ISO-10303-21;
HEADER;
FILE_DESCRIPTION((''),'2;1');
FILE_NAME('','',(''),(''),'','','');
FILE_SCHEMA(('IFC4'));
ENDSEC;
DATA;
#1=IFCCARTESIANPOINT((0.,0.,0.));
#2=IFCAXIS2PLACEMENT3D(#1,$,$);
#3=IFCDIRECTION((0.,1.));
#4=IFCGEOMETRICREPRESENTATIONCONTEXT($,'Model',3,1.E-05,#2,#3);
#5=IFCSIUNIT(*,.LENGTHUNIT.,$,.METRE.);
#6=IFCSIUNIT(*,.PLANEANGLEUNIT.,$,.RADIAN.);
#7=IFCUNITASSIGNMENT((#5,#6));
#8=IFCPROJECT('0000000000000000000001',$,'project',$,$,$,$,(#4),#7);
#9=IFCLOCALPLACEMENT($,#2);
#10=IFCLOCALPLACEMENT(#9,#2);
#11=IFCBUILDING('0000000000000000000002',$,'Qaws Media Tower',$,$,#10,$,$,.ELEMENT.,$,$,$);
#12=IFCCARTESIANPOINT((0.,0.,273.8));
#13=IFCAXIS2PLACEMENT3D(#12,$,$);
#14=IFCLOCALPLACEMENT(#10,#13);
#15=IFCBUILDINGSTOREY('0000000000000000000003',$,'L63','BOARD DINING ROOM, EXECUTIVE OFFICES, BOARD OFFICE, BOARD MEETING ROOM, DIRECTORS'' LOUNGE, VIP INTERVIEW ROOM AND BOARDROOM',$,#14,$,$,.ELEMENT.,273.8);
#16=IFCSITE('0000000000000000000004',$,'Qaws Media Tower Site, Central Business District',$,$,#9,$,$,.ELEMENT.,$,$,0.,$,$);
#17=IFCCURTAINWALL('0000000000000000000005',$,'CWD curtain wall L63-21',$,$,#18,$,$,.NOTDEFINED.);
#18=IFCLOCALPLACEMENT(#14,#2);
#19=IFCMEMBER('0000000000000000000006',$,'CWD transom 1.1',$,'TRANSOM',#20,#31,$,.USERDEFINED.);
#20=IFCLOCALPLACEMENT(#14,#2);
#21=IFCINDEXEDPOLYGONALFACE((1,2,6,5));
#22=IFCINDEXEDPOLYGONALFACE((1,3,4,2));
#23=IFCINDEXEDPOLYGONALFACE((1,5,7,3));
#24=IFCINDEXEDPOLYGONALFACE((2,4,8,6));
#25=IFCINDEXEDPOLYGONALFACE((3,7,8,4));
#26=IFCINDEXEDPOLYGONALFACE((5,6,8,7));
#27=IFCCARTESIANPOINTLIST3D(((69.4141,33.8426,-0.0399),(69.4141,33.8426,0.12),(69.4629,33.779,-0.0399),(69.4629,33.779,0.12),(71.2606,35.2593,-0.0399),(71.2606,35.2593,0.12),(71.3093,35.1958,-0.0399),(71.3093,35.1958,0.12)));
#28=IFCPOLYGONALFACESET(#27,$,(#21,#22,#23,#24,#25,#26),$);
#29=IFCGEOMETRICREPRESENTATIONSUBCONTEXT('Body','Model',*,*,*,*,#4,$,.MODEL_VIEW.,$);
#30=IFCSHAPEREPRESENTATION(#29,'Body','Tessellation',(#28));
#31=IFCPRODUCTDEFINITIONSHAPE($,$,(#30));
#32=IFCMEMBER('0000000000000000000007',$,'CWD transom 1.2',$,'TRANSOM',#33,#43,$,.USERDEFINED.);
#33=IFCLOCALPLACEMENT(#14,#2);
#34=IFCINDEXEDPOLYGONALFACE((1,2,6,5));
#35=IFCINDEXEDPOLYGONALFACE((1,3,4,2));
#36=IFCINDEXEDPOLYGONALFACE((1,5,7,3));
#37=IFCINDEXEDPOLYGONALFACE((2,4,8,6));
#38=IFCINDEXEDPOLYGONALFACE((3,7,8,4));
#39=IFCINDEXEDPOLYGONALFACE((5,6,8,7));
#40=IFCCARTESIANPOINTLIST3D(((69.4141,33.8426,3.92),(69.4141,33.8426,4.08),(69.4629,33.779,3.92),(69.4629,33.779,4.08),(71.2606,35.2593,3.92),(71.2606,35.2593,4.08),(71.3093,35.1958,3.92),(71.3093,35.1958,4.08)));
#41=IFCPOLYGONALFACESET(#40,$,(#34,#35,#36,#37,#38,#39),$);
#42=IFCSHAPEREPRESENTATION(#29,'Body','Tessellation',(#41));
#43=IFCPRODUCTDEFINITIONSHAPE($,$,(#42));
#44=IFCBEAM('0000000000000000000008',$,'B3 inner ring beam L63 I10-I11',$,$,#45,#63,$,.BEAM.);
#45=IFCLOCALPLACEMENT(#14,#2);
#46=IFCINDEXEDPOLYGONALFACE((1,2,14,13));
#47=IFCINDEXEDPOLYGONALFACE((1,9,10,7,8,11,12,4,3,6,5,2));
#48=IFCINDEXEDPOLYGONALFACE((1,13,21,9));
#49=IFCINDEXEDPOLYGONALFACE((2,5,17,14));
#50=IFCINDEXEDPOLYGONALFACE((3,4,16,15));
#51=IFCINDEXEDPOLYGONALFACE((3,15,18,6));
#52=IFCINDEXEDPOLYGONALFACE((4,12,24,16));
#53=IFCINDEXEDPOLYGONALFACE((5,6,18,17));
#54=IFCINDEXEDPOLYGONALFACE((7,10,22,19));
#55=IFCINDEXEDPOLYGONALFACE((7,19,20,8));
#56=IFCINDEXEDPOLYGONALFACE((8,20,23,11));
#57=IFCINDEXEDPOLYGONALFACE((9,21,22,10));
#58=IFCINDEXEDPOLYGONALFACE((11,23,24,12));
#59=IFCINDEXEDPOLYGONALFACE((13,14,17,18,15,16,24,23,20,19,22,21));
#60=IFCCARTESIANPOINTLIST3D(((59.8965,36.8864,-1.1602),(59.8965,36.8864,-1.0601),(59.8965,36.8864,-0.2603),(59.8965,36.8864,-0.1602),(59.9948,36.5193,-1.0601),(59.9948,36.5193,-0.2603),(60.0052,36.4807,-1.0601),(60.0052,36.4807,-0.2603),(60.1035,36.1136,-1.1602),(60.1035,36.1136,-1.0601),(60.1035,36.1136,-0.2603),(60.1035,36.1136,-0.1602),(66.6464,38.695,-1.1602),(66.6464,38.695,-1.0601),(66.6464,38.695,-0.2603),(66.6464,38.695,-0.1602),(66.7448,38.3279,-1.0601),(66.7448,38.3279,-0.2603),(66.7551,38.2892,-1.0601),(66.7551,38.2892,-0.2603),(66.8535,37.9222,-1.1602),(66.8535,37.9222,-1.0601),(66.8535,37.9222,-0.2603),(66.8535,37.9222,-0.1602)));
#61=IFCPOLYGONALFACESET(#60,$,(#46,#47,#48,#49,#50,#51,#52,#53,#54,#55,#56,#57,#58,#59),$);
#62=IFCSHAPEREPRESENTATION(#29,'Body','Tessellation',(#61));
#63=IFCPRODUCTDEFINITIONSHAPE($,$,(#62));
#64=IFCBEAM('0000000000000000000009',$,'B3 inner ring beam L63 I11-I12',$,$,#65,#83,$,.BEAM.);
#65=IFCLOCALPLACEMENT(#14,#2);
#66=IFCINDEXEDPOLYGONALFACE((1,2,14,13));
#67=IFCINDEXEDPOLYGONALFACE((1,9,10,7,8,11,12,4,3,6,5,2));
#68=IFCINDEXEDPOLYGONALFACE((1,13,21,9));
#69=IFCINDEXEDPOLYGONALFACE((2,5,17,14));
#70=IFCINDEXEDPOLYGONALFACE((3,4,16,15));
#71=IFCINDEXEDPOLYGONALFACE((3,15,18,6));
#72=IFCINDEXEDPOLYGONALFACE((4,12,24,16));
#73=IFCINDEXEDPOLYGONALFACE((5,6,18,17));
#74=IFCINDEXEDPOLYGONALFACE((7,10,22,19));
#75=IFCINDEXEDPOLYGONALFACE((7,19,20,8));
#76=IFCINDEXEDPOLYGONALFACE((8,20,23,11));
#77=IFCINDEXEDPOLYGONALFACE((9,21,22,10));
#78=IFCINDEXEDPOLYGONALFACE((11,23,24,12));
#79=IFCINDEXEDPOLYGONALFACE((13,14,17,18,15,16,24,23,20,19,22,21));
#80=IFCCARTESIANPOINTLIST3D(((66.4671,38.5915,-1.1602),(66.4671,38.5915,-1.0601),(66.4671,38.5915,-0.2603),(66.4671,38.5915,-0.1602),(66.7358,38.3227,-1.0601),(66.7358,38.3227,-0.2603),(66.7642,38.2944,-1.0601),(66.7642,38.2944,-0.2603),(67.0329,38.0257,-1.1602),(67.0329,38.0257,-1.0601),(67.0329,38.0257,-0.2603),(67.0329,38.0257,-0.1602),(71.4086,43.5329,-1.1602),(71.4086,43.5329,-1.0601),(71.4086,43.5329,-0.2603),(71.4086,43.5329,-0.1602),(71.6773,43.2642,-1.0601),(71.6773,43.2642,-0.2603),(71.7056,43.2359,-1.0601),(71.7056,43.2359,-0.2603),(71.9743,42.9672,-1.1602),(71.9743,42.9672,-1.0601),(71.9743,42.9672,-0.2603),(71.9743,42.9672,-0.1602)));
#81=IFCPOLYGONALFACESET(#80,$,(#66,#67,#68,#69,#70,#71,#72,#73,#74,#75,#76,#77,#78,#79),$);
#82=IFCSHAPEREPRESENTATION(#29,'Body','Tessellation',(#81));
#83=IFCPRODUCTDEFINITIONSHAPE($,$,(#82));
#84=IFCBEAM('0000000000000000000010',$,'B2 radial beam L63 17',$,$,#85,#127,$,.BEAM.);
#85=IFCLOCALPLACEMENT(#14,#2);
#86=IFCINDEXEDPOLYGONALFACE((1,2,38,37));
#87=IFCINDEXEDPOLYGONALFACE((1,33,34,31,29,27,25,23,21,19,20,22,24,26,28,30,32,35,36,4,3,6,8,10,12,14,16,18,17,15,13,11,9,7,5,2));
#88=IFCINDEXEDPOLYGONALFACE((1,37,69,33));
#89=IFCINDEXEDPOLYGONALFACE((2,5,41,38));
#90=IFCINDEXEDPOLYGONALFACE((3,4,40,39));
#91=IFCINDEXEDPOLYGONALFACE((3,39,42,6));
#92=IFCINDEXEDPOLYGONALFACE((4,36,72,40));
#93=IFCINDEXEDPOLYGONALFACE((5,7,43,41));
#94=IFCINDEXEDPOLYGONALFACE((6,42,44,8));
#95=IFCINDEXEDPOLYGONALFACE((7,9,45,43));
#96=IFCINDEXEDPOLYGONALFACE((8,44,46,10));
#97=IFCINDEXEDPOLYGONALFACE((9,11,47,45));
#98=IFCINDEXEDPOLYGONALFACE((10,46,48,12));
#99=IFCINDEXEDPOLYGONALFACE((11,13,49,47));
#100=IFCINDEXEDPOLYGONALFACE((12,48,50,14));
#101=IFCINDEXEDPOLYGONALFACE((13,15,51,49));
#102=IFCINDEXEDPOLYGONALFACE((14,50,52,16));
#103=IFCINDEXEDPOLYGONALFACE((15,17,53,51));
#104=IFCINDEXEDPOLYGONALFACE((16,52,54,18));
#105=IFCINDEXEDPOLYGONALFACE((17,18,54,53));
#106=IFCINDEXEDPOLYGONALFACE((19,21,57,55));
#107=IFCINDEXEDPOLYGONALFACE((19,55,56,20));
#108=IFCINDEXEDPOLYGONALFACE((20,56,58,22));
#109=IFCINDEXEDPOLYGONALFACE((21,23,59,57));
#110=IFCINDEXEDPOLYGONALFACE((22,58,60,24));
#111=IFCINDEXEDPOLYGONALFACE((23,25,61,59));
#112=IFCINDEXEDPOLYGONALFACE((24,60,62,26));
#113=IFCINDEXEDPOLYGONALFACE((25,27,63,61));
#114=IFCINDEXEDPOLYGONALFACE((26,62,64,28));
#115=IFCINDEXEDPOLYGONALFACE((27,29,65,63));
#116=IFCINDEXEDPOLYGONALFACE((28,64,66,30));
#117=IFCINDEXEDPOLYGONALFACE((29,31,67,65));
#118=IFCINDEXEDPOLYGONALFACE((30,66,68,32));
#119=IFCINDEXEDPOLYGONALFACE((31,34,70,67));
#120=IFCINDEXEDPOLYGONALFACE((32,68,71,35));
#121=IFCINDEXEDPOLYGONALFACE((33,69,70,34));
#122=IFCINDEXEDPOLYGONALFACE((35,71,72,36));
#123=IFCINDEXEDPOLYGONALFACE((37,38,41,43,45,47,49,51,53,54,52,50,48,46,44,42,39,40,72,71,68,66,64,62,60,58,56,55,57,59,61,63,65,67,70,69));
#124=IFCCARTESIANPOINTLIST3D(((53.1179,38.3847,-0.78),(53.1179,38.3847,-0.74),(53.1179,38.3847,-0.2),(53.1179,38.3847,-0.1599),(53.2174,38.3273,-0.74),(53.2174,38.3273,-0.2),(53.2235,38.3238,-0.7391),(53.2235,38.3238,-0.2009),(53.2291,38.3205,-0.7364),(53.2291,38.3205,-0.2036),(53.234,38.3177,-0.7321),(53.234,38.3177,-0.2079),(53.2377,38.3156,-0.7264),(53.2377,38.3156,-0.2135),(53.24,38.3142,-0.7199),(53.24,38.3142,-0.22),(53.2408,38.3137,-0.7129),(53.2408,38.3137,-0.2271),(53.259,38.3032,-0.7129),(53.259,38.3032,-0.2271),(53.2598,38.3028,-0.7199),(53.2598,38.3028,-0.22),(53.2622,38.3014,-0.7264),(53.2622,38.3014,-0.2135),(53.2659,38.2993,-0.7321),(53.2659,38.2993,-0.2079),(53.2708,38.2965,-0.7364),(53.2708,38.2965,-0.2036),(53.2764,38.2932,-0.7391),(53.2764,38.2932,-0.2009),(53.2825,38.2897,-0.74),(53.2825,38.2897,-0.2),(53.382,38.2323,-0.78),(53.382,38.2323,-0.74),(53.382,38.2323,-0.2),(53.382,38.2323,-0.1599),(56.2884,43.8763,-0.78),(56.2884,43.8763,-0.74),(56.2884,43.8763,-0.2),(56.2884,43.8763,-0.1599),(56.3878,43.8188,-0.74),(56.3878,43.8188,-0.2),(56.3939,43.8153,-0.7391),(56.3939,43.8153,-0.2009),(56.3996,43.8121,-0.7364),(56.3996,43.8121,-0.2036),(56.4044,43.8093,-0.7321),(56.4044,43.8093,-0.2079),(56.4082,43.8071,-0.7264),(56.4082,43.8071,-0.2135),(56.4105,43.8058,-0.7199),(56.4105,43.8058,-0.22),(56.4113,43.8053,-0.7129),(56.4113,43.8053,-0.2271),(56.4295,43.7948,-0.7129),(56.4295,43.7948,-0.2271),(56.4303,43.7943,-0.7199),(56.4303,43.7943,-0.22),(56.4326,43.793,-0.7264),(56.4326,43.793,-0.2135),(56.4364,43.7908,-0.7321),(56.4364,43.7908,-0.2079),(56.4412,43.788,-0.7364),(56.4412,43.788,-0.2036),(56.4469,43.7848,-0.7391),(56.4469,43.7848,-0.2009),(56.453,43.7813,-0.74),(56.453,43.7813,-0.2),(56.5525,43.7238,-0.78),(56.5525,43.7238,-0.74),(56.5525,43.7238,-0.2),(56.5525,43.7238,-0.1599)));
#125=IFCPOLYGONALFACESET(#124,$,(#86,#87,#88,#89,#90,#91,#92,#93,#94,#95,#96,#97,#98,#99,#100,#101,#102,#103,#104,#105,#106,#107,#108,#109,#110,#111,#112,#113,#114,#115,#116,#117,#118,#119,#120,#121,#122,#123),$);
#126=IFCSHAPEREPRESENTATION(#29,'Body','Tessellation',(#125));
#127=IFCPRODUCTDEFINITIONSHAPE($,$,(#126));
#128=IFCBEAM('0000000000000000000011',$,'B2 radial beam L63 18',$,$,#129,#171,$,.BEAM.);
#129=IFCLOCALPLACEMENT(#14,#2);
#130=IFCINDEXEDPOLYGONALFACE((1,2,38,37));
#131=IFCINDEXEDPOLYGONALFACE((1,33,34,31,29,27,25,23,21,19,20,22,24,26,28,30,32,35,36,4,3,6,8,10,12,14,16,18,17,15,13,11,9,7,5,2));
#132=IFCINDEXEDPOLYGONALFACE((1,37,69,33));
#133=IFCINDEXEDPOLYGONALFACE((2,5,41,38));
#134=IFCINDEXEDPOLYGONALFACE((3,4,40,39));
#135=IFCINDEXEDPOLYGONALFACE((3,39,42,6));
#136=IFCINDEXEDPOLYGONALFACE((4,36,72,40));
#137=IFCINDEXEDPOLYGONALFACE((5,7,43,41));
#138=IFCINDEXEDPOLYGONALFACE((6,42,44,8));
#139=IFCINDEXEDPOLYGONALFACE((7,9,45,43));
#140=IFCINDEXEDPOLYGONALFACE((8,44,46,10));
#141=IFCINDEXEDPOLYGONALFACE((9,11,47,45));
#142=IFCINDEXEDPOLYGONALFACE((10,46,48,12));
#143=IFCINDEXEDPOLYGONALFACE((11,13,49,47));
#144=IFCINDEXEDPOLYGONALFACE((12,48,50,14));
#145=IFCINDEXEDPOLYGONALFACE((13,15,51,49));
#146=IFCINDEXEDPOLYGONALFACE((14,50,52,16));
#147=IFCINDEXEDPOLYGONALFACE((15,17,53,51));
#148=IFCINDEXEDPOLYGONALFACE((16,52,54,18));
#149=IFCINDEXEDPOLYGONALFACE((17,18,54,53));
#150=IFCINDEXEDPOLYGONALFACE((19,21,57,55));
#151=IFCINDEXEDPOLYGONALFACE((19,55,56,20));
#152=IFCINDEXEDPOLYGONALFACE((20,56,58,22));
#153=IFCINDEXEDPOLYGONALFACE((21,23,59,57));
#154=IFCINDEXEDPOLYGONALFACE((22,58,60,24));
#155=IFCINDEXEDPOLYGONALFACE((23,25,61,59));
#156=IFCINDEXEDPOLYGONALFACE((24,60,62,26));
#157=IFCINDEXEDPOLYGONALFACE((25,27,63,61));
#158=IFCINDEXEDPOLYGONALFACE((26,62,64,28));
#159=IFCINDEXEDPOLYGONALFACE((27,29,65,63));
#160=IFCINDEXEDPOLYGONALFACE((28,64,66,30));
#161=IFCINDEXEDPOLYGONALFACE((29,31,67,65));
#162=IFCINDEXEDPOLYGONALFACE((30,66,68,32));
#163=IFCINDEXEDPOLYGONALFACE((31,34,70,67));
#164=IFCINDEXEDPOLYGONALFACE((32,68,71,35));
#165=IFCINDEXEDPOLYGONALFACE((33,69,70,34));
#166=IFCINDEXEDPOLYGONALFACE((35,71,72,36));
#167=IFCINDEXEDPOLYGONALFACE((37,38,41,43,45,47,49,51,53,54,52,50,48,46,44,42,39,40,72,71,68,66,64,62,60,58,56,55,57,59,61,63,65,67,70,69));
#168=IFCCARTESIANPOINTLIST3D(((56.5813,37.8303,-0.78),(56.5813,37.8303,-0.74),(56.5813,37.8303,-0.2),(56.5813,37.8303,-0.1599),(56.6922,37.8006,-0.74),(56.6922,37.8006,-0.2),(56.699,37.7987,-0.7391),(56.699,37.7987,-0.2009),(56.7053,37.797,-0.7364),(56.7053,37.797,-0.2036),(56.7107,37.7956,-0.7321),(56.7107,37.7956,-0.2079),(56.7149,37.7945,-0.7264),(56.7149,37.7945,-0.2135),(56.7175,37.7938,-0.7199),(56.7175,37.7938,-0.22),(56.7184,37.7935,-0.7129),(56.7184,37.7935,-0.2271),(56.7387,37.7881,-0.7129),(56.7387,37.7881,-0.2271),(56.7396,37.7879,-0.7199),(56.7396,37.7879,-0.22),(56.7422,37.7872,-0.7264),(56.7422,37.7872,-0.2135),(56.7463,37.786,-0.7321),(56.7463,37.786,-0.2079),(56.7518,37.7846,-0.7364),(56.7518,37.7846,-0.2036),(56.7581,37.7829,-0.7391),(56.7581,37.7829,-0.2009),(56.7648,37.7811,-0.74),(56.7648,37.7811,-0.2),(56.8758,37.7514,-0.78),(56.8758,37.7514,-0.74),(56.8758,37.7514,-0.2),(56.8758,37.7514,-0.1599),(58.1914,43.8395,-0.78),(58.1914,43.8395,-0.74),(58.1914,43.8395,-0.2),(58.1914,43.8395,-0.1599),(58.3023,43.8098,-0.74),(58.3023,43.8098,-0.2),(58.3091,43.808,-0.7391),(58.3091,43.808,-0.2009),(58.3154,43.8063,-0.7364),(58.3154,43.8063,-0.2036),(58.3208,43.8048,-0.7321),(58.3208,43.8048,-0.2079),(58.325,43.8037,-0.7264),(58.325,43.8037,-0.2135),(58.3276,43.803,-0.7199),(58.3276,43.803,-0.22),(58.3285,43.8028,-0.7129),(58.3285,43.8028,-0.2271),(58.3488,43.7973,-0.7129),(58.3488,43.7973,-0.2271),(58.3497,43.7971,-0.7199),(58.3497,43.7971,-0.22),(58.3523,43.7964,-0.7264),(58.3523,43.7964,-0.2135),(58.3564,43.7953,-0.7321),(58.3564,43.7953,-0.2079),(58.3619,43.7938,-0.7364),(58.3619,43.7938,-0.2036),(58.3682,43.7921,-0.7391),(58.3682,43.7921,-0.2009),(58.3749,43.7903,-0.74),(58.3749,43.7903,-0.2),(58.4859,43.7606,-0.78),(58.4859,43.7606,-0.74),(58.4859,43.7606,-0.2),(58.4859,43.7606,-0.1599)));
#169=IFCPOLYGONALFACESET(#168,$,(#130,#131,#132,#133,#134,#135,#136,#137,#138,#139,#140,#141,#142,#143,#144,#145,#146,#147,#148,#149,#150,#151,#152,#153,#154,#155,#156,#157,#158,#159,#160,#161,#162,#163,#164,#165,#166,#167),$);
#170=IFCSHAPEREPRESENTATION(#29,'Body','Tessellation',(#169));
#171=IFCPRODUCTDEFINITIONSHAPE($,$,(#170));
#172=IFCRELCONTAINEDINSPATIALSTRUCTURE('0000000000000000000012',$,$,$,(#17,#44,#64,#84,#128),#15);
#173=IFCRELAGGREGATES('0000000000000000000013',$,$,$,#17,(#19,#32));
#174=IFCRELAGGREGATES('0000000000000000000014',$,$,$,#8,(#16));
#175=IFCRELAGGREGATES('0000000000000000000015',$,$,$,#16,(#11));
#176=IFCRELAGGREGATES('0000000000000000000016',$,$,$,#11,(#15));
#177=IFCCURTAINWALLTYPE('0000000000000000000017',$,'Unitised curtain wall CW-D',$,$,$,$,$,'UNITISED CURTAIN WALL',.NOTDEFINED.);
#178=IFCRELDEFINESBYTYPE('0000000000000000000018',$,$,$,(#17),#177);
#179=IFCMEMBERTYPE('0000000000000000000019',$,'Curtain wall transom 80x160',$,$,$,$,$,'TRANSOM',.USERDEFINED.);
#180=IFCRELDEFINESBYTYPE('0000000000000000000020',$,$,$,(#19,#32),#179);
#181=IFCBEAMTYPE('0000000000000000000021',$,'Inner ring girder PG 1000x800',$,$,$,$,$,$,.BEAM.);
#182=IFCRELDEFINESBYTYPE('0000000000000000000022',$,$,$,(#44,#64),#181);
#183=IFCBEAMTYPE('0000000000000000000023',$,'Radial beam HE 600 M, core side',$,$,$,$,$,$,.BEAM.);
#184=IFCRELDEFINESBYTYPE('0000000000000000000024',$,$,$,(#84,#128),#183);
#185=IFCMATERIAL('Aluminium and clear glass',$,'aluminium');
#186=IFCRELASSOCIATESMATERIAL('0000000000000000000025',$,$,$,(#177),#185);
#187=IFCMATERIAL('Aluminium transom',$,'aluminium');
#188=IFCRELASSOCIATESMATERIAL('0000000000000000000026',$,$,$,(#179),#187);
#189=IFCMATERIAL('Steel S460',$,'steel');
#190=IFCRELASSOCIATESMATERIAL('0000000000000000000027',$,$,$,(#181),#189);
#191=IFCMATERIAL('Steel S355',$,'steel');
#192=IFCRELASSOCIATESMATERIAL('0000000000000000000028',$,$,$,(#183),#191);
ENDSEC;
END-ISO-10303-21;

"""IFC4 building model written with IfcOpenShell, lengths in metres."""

from ifc_helpers import new_model, si_unit, direction, frame, origin, origin_2d, place, context, subcontext, project, spatial, rectangle, i_section, extrude, material, material_profile, profile_set, type_object, element, aggregate, save


model = new_model("IFC4")

# Units and contexts
model_context = context("Model", 3, precision=1e-05, world=origin(), true_north=direction((0.0, 1.0)))
body_context = subcontext(model_context, "Body", "Model", "MODEL_VIEW")
ifc_project = project(units=[si_unit("LENGTHUNIT", "METRE"), si_unit("PLANEANGLEUNIT", "RADIAN")], contexts=[model_context])

# Site, building, storey
site_placement = place(None, origin())
site = spatial("IfcSite", under=ifc_project, at=site_placement, Name="Qaws Media Tower Site, Central Business District", CompositionType="ELEMENT", RefElevation=0.0)
building_placement = place(site_placement, origin())
building = spatial("IfcBuilding", under=site, at=building_placement, Name="Qaws Media Tower", CompositionType="ELEMENT")
storey_placement = place(building_placement, frame((0.0, 0.0, 273.8)))
storey = spatial("IfcBuildingStorey", under=building, at=storey_placement, Name="L63", Description="BOARD DINING ROOM, EXECUTIVE OFFICES, BOARD OFFICE, BOARD MEETING ROOM, DIRECTORS' LOUNGE, VIP INTERVIEW ROOM AND BOARDROOM", CompositionType="ELEMENT", Elevation=273.8)

# Curtain wall, members
ifc_material_1 = material(Name="Aluminium and clear glass", Category="aluminium")
curtain_wall_type = type_object("IfcCurtainWallType", Name="Unitised curtain wall CW-D", ElementType="UNITISED CURTAIN WALL", PredefinedType="NOTDEFINED", material=ifc_material_1)
curtain_wall_placement = place(storey_placement, origin())
curtain_wall = element("IfcCurtainWall", 1, at=curtain_wall_placement, inside=storey, type_object=curtain_wall_type, Name="CWD curtain wall L63-21", PredefinedType="NOTDEFINED")
ifc_material_2 = material(Name="Aluminium transom", Category="aluminium")
ifc_material_profile_1 = material_profile(ifc_material_2, rectangle(XDim=0.0801, YDim=0.1599, at=origin_2d()), Name="80x160")
ifc_profile_set_1 = profile_set([ifc_material_profile_1], Name="Aluminium transom")
member_type = type_object("IfcMemberType", Name="Curtain wall transom 80x160", ElementType="TRANSOM", PredefinedType="USERDEFINED", material=ifc_profile_set_1)
member_1_placement = place(storey_placement, frame((69.4385, 33.8108, 0.04), z_axis=(0.793368, 0.608742, 0.0), x_axis=(-0.608742, 0.793368, 0.0)))
member_1 = element("IfcMember", 2, at=member_1_placement, type_object=member_type, Name="CWD transom 1.1", ObjectType="TRANSOM", PredefinedType="USERDEFINED", context=body_context, shape_type="SweptSolid", body=[
    extrude(rectangle(XDim=0.0801, YDim=0.1599, at=origin_2d()), origin(), (0.0, 0.0, 1.0), 2.3274),
])
member_2_placement = place(storey_placement, frame((69.4385, 33.8108, 4.0), z_axis=(0.793368, 0.608742, 0.0), x_axis=(-0.608742, 0.793368, 0.0)))
member_2 = element("IfcMember", 3, at=member_2_placement, type_object=member_type, Name="CWD transom 1.2", ObjectType="TRANSOM", PredefinedType="USERDEFINED", context=body_context, shape_type="SweptSolid", body=[
    extrude(rectangle(XDim=0.0801, YDim=0.1599, at=origin_2d()), origin(), (0.0, 0.0, 1.0), 2.3274),
])
aggregate(curtain_wall, [member_1, member_2])

# Beams
ifc_material_3 = material(Name="Steel S460", Category="steel")
ifc_material_profile_2 = material_profile(ifc_material_3, i_section(OverallWidth=0.8, OverallDepth=1.0, WebThickness=0.04, FlangeThickness=0.1001, at=origin_2d()), Name="PG 1000x800")
ifc_profile_set_2 = profile_set([ifc_material_profile_2], Name="Steel S460")
beam_type_1 = type_object("IfcBeamType", Name="Inner ring girder PG 1000x800", PredefinedType="BEAM", material=ifc_profile_set_2)
beam_1_placement = place(storey_placement, frame((60.0, 36.5, -0.6602), z_axis=(0.965928, 0.258811, 0.0), x_axis=(-0.258811, 0.965928, 0.0)))
element("IfcBeam", 4, at=beam_1_placement, inside=storey, type_object=beam_type_1, Name="B3 inner ring beam L63 I10-I11", PredefinedType="BEAM", context=body_context, shape_type="SweptSolid", body=[
    extrude(i_section(OverallWidth=0.8, OverallDepth=1.0, WebThickness=0.04, FlangeThickness=0.1001, at=origin_2d()), origin(), (0.0, 0.0, 1.0), 6.988),
])
beam_2_placement = place(storey_placement, frame((66.75, 38.3086, -0.6602), z_axis=(0.707107, 0.707107, 0.0), x_axis=(-0.707107, 0.707107, 0.0)))
element("IfcBeam", 5, at=beam_2_placement, inside=storey, type_object=beam_type_1, Name="B3 inner ring beam L63 I11-I12", PredefinedType="BEAM", context=body_context, shape_type="SweptSolid", body=[
    extrude(i_section(OverallWidth=0.8, OverallDepth=1.0, WebThickness=0.04, FlangeThickness=0.1001, at=origin_2d()), origin(), (0.0, 0.0, 1.0), 6.9883),
])
ifc_material_4 = material(Name="Steel S355", Category="steel")
ifc_material_profile_3 = material_profile(ifc_material_4, i_section(OverallWidth=0.3049, OverallDepth=0.6201, WebThickness=0.021, FlangeThickness=0.04, FilletRadius=0.0271, at=origin_2d()), Name="HE 600 M")
ifc_profile_set_3 = profile_set([ifc_material_profile_3], Name="Steel S355")
beam_type_2 = type_object("IfcBeamType", Name="Radial beam HE 600 M, core side", PredefinedType="BEAM", material=ifc_profile_set_3)
beam_3_placement = place(storey_placement, frame((56.4204, 43.8, -0.47), z_axis=(-0.49999, -0.866031, 0.0), x_axis=(0.866031, -0.49999, 0.0)))
element("IfcBeam", 6, at=beam_3_placement, inside=storey, type_object=beam_type_2, Name="B2 radial beam L63 17", PredefinedType="BEAM", context=body_context, shape_type="SweptSolid", body=[
    extrude(i_section(OverallWidth=0.3049, OverallDepth=0.6201, WebThickness=0.021, FlangeThickness=0.04, FilletRadius=0.0271, at=origin_2d()), origin(), (0.0, 0.0, 1.0), 6.3411),
])
beam_4_placement = place(storey_placement, frame((58.3386, 43.8, -0.47), z_axis=(-0.258808, -0.965929, 0.0), x_axis=(0.965929, -0.258808, 0.0)))
element("IfcBeam", 7, at=beam_4_placement, inside=storey, type_object=beam_type_2, Name="B2 radial beam L63 18", PredefinedType="BEAM", context=body_context, shape_type="SweptSolid", body=[
    extrude(i_section(OverallWidth=0.3049, OverallDepth=0.6201, WebThickness=0.021, FlangeThickness=0.04, FilletRadius=0.0271, at=origin_2d()), origin(), (0.0, 0.0, 1.0), 6.2212),
])

save(model, "model.ifc")
